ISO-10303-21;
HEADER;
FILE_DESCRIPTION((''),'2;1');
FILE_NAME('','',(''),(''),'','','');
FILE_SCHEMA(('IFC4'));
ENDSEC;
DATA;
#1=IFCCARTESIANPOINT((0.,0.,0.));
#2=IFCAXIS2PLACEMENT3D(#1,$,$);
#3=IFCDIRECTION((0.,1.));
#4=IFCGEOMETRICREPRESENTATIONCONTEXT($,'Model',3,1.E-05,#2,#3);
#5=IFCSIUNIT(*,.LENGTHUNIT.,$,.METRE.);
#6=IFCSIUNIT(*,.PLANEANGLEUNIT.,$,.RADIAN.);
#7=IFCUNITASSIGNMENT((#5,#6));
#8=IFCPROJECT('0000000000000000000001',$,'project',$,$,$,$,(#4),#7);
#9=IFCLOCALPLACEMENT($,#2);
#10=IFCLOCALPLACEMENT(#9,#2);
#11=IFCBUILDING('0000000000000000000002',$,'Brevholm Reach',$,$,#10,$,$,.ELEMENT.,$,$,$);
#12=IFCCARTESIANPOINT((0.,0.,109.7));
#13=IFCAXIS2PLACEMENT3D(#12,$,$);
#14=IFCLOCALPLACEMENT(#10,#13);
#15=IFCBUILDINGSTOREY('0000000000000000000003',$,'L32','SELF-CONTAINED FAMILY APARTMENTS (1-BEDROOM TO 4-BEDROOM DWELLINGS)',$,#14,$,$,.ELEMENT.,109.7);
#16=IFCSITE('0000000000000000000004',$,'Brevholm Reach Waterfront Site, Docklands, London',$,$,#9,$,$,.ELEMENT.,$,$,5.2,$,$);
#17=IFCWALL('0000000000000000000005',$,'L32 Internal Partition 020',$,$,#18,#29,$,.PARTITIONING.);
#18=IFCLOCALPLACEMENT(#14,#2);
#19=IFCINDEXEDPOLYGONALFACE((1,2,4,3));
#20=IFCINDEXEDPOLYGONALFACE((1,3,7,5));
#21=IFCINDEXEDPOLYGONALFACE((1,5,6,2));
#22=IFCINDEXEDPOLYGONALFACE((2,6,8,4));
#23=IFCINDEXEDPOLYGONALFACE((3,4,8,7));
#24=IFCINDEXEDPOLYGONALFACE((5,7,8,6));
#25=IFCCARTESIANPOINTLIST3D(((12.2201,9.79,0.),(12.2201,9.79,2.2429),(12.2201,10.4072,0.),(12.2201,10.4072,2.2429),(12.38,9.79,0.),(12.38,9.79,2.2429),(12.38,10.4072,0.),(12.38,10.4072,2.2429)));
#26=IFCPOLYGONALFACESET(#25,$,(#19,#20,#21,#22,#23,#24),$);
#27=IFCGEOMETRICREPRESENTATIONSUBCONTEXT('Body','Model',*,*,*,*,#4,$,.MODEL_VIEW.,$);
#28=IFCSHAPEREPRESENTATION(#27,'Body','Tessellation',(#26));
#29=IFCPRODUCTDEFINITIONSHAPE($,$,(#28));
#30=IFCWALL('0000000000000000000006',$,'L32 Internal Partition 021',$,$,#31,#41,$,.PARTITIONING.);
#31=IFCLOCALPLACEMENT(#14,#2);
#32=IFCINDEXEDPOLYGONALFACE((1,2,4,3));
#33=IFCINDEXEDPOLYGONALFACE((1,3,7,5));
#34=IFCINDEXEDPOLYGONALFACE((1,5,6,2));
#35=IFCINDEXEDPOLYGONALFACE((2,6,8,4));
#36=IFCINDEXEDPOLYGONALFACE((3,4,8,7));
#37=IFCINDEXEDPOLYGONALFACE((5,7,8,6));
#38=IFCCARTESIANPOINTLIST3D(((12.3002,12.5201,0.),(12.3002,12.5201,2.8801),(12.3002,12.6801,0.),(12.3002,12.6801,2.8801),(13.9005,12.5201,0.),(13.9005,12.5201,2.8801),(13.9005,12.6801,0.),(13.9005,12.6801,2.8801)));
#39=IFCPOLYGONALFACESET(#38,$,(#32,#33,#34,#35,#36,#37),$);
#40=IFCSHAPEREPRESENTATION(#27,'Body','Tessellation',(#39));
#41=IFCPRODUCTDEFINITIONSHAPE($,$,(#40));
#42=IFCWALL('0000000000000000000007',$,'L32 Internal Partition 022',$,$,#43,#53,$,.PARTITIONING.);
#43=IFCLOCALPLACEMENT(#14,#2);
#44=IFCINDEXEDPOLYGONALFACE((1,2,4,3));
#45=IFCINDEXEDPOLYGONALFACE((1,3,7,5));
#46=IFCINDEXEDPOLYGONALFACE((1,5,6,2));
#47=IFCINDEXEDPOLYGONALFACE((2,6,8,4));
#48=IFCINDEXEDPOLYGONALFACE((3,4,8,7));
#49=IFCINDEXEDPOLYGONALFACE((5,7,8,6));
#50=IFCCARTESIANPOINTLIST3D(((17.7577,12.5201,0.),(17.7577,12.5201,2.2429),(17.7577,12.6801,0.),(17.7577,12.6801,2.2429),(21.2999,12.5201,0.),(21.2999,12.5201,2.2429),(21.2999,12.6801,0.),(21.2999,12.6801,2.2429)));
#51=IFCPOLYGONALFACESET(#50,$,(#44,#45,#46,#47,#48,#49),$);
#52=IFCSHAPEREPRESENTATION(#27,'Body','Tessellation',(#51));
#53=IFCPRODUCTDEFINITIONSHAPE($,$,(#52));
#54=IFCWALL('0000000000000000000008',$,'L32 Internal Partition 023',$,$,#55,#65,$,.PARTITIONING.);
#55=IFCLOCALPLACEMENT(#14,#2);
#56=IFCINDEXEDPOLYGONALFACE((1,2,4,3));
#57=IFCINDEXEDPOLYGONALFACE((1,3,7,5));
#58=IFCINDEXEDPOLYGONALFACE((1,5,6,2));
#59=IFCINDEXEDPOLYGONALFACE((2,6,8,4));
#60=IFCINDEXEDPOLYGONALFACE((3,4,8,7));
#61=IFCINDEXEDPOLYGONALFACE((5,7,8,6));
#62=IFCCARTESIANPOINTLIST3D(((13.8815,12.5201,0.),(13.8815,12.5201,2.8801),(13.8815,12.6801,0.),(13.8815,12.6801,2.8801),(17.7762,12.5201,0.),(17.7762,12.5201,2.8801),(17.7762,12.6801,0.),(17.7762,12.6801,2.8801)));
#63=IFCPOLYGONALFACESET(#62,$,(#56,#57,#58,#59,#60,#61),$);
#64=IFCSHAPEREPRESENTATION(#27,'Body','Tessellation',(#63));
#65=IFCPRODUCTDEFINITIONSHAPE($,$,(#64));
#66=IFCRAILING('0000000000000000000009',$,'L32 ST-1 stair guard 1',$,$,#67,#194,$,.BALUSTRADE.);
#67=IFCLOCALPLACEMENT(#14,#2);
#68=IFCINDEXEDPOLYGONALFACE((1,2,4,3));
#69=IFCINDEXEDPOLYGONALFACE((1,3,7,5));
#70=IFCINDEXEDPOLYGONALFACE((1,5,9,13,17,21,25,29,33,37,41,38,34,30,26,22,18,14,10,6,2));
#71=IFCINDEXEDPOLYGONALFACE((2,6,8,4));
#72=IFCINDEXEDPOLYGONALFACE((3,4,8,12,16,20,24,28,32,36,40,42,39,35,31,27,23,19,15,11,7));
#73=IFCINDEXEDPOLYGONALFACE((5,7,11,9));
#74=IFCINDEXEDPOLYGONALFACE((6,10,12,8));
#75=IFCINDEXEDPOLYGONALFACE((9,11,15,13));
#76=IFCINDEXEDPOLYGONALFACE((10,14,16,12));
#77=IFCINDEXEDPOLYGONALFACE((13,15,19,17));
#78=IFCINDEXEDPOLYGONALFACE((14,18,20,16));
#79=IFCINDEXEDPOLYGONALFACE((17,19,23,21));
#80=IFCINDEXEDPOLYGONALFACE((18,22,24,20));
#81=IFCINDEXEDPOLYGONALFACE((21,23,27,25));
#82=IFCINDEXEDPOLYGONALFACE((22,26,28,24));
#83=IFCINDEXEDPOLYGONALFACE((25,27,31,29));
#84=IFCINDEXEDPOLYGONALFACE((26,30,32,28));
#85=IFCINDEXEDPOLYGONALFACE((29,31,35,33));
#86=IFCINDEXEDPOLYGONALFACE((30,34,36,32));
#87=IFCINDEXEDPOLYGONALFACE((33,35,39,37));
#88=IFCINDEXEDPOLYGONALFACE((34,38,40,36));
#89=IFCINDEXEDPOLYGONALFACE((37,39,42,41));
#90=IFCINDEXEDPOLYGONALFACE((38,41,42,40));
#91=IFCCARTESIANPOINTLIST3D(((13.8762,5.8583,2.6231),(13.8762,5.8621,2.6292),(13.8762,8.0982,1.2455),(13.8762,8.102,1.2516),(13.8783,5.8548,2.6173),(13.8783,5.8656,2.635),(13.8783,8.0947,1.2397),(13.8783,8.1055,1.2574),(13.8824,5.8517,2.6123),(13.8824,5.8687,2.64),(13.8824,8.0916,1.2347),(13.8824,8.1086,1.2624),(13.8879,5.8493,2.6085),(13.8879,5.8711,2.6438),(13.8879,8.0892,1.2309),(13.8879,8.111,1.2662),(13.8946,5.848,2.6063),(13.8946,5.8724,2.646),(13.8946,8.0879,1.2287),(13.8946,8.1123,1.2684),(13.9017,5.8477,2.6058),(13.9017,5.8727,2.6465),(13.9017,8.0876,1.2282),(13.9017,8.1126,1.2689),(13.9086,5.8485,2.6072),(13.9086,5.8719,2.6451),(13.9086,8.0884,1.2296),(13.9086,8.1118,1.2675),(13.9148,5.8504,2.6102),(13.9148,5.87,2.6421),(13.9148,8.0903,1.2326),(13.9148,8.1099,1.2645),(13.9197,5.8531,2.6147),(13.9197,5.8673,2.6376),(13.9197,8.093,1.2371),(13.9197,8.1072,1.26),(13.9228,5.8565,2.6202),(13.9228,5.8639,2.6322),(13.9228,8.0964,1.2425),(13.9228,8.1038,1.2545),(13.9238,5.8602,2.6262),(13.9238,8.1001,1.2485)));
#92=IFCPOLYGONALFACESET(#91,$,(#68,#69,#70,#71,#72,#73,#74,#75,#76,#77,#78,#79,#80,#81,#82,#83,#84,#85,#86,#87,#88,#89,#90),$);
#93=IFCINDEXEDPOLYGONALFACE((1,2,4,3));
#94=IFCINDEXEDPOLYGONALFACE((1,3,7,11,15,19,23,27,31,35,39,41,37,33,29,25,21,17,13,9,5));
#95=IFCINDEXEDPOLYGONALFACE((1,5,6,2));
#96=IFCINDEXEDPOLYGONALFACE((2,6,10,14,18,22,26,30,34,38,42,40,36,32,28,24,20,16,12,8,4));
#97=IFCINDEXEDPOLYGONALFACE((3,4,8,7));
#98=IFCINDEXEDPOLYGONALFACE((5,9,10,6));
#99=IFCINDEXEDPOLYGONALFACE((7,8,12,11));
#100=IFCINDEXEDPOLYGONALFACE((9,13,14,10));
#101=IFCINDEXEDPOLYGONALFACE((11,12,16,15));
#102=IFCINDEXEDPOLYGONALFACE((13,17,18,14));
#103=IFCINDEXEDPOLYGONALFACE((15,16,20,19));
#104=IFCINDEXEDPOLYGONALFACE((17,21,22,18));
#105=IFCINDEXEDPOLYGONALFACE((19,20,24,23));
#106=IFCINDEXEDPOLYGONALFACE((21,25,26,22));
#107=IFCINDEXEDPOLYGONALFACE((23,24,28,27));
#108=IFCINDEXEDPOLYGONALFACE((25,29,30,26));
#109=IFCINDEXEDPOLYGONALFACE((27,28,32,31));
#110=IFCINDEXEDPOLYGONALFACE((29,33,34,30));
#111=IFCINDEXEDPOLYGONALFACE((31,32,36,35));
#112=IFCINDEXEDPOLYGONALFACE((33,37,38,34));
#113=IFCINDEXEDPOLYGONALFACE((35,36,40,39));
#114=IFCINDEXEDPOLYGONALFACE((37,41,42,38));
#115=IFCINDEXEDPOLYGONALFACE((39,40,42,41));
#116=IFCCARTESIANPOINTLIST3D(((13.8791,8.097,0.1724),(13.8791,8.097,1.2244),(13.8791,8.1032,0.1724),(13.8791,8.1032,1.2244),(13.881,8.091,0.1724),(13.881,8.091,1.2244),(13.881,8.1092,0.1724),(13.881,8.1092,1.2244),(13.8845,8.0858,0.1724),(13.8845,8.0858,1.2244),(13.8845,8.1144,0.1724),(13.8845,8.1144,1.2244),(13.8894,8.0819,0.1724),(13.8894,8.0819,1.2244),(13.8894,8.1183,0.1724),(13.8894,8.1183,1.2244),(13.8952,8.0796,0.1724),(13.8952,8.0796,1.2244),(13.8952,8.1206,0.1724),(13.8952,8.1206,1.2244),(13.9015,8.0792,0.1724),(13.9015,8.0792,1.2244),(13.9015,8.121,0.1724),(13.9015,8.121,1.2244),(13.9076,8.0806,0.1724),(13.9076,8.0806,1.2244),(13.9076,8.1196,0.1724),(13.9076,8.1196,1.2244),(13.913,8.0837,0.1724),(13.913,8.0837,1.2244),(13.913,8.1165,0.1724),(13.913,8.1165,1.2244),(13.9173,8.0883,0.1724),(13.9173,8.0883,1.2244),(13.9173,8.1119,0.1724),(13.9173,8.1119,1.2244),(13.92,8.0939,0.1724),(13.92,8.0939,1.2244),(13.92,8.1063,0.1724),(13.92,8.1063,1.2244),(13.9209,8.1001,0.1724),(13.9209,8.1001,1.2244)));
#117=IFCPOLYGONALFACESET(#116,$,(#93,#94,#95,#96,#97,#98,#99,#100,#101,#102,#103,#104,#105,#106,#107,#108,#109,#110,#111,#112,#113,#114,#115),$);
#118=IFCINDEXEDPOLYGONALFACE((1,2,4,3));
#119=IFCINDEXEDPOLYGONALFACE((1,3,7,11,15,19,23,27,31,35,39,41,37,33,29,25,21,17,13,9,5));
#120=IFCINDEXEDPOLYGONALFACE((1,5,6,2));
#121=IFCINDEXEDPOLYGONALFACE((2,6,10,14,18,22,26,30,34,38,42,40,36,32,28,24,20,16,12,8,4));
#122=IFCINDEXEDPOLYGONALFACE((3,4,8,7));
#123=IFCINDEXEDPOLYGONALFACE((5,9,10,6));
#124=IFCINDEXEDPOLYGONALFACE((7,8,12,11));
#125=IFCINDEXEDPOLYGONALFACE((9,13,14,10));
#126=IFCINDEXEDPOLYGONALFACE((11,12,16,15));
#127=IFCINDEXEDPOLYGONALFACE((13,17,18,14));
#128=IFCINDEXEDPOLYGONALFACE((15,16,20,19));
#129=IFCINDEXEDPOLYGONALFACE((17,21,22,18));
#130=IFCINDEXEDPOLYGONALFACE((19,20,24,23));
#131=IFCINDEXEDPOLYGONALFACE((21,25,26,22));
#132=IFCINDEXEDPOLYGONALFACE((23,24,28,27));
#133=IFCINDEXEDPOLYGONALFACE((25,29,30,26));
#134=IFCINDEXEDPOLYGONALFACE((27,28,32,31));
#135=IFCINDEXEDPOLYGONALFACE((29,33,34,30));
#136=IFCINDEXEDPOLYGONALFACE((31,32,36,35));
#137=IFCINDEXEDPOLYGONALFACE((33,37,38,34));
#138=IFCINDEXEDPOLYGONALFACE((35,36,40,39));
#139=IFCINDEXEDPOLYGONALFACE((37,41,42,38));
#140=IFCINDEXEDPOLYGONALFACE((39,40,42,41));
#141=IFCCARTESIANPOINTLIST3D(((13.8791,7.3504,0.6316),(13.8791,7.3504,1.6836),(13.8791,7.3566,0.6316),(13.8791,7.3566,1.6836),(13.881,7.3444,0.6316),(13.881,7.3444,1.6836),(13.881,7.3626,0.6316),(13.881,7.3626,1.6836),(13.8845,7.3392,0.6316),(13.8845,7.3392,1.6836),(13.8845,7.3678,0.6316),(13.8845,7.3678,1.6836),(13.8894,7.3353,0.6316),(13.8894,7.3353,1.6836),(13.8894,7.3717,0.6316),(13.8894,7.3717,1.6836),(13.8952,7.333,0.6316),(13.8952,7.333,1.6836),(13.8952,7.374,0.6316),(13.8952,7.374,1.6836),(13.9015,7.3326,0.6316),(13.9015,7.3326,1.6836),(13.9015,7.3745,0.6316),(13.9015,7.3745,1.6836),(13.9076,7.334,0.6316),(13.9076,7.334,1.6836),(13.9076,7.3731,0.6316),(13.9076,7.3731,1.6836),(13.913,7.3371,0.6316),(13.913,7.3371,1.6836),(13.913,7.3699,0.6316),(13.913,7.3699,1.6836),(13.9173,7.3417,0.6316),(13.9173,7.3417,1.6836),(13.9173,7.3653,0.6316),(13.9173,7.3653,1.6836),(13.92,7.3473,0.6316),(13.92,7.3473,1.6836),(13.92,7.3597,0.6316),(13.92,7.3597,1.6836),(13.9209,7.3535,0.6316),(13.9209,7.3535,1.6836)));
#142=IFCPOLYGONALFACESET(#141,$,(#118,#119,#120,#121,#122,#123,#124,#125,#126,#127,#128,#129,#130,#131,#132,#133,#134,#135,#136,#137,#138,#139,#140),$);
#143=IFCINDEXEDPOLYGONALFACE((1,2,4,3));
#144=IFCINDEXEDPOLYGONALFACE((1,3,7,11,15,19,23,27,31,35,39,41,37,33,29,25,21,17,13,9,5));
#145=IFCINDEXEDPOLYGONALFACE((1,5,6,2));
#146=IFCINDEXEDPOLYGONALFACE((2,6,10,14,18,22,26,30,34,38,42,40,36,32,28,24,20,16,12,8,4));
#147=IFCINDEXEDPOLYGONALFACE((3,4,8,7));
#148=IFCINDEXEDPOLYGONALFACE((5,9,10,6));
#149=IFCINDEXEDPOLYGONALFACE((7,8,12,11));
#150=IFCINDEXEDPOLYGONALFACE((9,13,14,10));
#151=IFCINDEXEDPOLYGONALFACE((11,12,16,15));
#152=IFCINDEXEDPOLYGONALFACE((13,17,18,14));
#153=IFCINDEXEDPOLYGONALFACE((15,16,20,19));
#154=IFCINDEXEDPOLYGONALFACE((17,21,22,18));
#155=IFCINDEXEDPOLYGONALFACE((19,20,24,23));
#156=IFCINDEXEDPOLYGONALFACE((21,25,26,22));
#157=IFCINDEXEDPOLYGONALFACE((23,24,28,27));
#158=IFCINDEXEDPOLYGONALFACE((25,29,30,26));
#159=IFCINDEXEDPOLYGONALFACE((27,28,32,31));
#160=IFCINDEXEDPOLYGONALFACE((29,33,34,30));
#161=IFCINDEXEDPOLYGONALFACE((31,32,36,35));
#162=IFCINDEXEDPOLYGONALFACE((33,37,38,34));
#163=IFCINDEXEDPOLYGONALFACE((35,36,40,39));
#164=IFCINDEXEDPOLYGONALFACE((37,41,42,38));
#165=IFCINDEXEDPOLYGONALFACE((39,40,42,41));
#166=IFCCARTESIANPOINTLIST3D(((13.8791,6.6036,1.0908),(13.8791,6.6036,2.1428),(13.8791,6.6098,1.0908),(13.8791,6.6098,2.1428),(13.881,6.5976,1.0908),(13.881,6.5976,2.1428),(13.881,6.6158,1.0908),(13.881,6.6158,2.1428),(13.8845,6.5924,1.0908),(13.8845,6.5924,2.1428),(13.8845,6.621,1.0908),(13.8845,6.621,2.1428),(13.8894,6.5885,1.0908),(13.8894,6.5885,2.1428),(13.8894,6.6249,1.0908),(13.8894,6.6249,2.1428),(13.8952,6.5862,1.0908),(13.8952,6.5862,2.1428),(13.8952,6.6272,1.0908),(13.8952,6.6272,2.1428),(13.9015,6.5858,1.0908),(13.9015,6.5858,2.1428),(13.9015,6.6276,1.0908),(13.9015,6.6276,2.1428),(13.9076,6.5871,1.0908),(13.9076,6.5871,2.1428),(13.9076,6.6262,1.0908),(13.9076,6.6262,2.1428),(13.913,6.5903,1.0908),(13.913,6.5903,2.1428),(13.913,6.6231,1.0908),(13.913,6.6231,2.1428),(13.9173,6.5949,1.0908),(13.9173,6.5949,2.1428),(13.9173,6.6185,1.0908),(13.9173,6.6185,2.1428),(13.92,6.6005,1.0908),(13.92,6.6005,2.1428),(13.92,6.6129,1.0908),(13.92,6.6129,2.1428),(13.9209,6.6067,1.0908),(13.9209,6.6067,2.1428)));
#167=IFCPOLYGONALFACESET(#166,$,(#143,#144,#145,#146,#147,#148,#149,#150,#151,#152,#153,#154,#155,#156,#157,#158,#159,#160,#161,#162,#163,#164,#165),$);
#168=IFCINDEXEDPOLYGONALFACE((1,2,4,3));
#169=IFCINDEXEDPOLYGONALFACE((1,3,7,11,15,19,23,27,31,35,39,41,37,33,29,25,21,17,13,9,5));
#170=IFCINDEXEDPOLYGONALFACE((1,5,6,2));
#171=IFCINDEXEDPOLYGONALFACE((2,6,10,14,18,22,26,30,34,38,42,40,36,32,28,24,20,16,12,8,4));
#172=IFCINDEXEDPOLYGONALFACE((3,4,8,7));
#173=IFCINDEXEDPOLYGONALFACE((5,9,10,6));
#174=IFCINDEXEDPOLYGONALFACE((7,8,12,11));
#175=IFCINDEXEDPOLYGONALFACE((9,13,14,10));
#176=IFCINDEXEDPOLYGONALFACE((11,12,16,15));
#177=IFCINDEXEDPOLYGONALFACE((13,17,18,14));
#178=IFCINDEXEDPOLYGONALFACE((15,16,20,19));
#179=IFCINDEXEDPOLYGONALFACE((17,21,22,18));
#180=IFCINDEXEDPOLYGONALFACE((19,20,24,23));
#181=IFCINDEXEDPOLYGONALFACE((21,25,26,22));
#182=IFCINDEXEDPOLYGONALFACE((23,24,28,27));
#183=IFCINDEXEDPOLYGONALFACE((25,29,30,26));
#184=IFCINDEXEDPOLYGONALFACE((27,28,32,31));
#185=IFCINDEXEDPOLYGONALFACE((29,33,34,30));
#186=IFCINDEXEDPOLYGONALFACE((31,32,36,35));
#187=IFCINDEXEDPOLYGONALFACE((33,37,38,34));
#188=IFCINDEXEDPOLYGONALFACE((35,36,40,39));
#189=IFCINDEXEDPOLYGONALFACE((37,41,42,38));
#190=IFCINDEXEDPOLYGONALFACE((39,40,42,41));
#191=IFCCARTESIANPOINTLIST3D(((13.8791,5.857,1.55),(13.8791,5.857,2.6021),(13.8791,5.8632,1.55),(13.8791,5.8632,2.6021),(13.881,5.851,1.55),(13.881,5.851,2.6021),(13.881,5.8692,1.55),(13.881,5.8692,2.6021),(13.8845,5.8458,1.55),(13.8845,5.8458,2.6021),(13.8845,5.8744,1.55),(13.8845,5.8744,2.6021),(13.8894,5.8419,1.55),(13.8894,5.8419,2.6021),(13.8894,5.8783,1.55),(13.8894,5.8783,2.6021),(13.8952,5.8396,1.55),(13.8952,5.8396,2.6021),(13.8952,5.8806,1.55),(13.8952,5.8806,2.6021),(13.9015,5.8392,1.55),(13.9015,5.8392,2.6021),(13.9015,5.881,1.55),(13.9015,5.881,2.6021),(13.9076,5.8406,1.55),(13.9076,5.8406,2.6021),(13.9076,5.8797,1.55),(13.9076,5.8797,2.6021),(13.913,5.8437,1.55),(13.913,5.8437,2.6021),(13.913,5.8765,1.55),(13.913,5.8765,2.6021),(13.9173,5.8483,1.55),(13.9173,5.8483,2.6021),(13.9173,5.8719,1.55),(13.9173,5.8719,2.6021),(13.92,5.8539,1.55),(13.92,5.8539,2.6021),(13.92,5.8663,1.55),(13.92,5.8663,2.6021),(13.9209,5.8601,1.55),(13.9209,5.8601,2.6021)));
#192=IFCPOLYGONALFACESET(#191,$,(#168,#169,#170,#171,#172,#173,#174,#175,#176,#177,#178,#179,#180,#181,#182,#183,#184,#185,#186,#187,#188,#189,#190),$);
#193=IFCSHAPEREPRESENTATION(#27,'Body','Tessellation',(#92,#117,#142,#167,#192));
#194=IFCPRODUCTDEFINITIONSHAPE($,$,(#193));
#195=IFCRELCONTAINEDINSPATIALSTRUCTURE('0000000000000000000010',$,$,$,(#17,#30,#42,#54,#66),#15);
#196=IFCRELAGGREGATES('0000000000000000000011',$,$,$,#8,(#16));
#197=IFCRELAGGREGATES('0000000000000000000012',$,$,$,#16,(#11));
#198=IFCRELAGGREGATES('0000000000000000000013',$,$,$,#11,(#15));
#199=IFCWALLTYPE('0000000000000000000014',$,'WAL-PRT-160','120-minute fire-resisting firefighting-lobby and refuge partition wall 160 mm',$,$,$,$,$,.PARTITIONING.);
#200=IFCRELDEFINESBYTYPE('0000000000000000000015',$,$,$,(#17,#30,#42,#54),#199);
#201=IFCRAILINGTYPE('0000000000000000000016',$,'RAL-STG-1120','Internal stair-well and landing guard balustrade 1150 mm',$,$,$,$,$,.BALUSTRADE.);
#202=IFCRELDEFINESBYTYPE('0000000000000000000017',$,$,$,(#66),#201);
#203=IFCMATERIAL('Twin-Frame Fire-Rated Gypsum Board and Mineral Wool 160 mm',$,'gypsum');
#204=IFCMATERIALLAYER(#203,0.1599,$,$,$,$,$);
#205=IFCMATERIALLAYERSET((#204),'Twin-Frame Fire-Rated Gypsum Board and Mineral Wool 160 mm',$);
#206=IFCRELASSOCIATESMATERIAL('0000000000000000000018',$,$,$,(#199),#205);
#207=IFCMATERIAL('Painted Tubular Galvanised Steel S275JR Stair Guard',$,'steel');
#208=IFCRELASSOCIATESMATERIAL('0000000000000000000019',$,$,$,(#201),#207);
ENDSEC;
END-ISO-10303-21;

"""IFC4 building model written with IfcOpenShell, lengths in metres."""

from ifc_helpers import new_model, si_unit, direction, frame, frame_2d, origin, origin_2d, place, context, subcontext, project, spatial, rectangle, circle, extrude, material, layer, layer_set, type_object, element, save


model = new_model("IFC4")

# Units and contexts
model_context = context("Model", 3, precision=1e-05, world=origin(), true_north=direction((0.0, 1.0)))
body_context = subcontext(model_context, "Body", "Model", "MODEL_VIEW")
ifc_project = project(units=[si_unit("LENGTHUNIT", "METRE"), si_unit("PLANEANGLEUNIT", "RADIAN")], contexts=[model_context])

# Site, building, storey
site_placement = place(None, origin())
site = spatial("IfcSite", under=ifc_project, at=site_placement, Name="Brevholm Reach Waterfront Site, Docklands, London", CompositionType="ELEMENT", RefElevation=5.2)
building_placement = place(site_placement, origin())
building = spatial("IfcBuilding", under=site, at=building_placement, Name="Brevholm Reach", CompositionType="ELEMENT")
storey_placement = place(building_placement, frame((0.0, 0.0, 109.7)))
storey = spatial("IfcBuildingStorey", under=building, at=storey_placement, Name="L32", Description="SELF-CONTAINED FAMILY APARTMENTS (1-BEDROOM TO 4-BEDROOM DWELLINGS)", CompositionType="ELEMENT", Elevation=109.7)

# Shared definitions
ifc_material_1 = material(Name="Twin-Frame Fire-Rated Gypsum Board and Mineral Wool 160 mm", Category="gypsum")
ifc_layer_1 = layer(ifc_material_1, 0.1599)
ifc_layer_set_1 = layer_set([ifc_layer_1], Name="Twin-Frame Fire-Rated Gypsum Board and Mineral Wool 160 mm")
wall_type_1 = type_object("IfcWallType", Name="WAL-PRT-160", Description="120-minute fire-resisting firefighting-lobby and refuge partition wall 160 mm", PredefinedType="PARTITIONING", material=ifc_layer_set_1)

# Walls
wall_1_placement = place(storey_placement, frame((12.3, 9.79, 0.0), z_axis=(0.0, 0.0, 1.0), x_axis=(0.0, 1.0, 0.0)))
element("IfcWall", 1, at=wall_1_placement, inside=storey, type_object=wall_type_1, Name="L32 Internal Partition 020", PredefinedType="PARTITIONING", context=body_context, shape_type="SweptSolid", body=[
    extrude(rectangle(XDim=0.6172, YDim=0.1599, at=frame_2d((0.3086, 0.0))), origin(), (0.0, 0.0, 1.0), 2.2429),
])
wall_2_placement = place(storey_placement, frame((12.3, 12.6001, 0.0), z_axis=(0.0, 0.0, 1.0), x_axis=(1.0, 0.0, 0.0)))
element("IfcWall", 2, at=wall_2_placement, inside=storey, type_object=wall_type_1, Name="L32 Internal Partition 021", PredefinedType="PARTITIONING", context=body_context, shape_type="SweptSolid", body=[
    extrude(rectangle(XDim=1.6003, YDim=0.1599, at=frame_2d((0.8003, 0.0))), origin(), (0.0, 0.0, 1.0), 2.8801),
])
wall_3_placement = place(storey_placement, frame((17.7578, 12.6001, 0.0), z_axis=(0.0, 0.0, 1.0), x_axis=(1.0, 0.0, 0.0)))
element("IfcWall", 3, at=wall_3_placement, inside=storey, type_object=wall_type_1, Name="L32 Internal Partition 022", PredefinedType="PARTITIONING", context=body_context, shape_type="SweptSolid", body=[
    extrude(rectangle(XDim=3.5422, YDim=0.1599, at=frame_2d((1.771, 0.0))), origin(), (0.0, 0.0, 1.0), 2.2429),
])
wall_4_placement = place(storey_placement, frame((13.8816, 12.6001, 0.0), z_axis=(0.0, 0.0, 1.0), x_axis=(1.0, 0.0, 0.0)))
element("IfcWall", 4, at=wall_4_placement, inside=storey, type_object=wall_type_1, Name="L32 Internal Partition 023", PredefinedType="PARTITIONING", context=body_context, shape_type="SweptSolid", body=[
    extrude(rectangle(XDim=3.8948, YDim=0.1599, at=frame_2d((1.9473, 0.0))), origin(), (0.0, 0.0, 1.0), 2.8801),
])

# Railing
ifc_material_2 = material(Name="Painted Tubular Galvanised Steel S275JR Stair Guard", Category="steel")
railing_type = type_object("IfcRailingType", Name="RAL-STG-1120", Description="Internal stair-well and landing guard balustrade 1150 mm", PredefinedType="BALUSTRADE", material=ifc_material_2)
railing_1_placement = place(storey_placement, frame((13.8999, 8.1001, 0.1724)))
element("IfcRailing", 5, at=railing_1_placement, inside=storey, type_object=railing_type, Name="L32 ST-1 stair guard 1", PredefinedType="BALUSTRADE", context=body_context, shape_type="SweptSolid", body=[
    extrude(circle(Radius=0.0239, at=origin_2d()), frame((0.0, 0.0, 1.0762), z_axis=(0.0, -0.851789, 0.523885), x_axis=(1.0, 0.0, 0.0)), (0.0, 0.0, 1.0), 2.6296),
    extrude(circle(Radius=0.021, at=origin_2d()), origin(), (0.0, 0.0, 1.0), 1.052),
    extrude(circle(Radius=0.021, at=origin_2d()), frame((0.0, -0.7466, 0.4592)), (0.0, 0.0, 1.0), 1.052),
    extrude(circle(Radius=0.021, at=origin_2d()), frame((0.0, -1.4934, 0.9185)), (0.0, 0.0, 1.0), 1.052),
    extrude(circle(Radius=0.021, at=origin_2d()), frame((0.0, -2.24, 1.3777)), (0.0, 0.0, 1.0), 1.052),
])

save(model, "model.ifc")
